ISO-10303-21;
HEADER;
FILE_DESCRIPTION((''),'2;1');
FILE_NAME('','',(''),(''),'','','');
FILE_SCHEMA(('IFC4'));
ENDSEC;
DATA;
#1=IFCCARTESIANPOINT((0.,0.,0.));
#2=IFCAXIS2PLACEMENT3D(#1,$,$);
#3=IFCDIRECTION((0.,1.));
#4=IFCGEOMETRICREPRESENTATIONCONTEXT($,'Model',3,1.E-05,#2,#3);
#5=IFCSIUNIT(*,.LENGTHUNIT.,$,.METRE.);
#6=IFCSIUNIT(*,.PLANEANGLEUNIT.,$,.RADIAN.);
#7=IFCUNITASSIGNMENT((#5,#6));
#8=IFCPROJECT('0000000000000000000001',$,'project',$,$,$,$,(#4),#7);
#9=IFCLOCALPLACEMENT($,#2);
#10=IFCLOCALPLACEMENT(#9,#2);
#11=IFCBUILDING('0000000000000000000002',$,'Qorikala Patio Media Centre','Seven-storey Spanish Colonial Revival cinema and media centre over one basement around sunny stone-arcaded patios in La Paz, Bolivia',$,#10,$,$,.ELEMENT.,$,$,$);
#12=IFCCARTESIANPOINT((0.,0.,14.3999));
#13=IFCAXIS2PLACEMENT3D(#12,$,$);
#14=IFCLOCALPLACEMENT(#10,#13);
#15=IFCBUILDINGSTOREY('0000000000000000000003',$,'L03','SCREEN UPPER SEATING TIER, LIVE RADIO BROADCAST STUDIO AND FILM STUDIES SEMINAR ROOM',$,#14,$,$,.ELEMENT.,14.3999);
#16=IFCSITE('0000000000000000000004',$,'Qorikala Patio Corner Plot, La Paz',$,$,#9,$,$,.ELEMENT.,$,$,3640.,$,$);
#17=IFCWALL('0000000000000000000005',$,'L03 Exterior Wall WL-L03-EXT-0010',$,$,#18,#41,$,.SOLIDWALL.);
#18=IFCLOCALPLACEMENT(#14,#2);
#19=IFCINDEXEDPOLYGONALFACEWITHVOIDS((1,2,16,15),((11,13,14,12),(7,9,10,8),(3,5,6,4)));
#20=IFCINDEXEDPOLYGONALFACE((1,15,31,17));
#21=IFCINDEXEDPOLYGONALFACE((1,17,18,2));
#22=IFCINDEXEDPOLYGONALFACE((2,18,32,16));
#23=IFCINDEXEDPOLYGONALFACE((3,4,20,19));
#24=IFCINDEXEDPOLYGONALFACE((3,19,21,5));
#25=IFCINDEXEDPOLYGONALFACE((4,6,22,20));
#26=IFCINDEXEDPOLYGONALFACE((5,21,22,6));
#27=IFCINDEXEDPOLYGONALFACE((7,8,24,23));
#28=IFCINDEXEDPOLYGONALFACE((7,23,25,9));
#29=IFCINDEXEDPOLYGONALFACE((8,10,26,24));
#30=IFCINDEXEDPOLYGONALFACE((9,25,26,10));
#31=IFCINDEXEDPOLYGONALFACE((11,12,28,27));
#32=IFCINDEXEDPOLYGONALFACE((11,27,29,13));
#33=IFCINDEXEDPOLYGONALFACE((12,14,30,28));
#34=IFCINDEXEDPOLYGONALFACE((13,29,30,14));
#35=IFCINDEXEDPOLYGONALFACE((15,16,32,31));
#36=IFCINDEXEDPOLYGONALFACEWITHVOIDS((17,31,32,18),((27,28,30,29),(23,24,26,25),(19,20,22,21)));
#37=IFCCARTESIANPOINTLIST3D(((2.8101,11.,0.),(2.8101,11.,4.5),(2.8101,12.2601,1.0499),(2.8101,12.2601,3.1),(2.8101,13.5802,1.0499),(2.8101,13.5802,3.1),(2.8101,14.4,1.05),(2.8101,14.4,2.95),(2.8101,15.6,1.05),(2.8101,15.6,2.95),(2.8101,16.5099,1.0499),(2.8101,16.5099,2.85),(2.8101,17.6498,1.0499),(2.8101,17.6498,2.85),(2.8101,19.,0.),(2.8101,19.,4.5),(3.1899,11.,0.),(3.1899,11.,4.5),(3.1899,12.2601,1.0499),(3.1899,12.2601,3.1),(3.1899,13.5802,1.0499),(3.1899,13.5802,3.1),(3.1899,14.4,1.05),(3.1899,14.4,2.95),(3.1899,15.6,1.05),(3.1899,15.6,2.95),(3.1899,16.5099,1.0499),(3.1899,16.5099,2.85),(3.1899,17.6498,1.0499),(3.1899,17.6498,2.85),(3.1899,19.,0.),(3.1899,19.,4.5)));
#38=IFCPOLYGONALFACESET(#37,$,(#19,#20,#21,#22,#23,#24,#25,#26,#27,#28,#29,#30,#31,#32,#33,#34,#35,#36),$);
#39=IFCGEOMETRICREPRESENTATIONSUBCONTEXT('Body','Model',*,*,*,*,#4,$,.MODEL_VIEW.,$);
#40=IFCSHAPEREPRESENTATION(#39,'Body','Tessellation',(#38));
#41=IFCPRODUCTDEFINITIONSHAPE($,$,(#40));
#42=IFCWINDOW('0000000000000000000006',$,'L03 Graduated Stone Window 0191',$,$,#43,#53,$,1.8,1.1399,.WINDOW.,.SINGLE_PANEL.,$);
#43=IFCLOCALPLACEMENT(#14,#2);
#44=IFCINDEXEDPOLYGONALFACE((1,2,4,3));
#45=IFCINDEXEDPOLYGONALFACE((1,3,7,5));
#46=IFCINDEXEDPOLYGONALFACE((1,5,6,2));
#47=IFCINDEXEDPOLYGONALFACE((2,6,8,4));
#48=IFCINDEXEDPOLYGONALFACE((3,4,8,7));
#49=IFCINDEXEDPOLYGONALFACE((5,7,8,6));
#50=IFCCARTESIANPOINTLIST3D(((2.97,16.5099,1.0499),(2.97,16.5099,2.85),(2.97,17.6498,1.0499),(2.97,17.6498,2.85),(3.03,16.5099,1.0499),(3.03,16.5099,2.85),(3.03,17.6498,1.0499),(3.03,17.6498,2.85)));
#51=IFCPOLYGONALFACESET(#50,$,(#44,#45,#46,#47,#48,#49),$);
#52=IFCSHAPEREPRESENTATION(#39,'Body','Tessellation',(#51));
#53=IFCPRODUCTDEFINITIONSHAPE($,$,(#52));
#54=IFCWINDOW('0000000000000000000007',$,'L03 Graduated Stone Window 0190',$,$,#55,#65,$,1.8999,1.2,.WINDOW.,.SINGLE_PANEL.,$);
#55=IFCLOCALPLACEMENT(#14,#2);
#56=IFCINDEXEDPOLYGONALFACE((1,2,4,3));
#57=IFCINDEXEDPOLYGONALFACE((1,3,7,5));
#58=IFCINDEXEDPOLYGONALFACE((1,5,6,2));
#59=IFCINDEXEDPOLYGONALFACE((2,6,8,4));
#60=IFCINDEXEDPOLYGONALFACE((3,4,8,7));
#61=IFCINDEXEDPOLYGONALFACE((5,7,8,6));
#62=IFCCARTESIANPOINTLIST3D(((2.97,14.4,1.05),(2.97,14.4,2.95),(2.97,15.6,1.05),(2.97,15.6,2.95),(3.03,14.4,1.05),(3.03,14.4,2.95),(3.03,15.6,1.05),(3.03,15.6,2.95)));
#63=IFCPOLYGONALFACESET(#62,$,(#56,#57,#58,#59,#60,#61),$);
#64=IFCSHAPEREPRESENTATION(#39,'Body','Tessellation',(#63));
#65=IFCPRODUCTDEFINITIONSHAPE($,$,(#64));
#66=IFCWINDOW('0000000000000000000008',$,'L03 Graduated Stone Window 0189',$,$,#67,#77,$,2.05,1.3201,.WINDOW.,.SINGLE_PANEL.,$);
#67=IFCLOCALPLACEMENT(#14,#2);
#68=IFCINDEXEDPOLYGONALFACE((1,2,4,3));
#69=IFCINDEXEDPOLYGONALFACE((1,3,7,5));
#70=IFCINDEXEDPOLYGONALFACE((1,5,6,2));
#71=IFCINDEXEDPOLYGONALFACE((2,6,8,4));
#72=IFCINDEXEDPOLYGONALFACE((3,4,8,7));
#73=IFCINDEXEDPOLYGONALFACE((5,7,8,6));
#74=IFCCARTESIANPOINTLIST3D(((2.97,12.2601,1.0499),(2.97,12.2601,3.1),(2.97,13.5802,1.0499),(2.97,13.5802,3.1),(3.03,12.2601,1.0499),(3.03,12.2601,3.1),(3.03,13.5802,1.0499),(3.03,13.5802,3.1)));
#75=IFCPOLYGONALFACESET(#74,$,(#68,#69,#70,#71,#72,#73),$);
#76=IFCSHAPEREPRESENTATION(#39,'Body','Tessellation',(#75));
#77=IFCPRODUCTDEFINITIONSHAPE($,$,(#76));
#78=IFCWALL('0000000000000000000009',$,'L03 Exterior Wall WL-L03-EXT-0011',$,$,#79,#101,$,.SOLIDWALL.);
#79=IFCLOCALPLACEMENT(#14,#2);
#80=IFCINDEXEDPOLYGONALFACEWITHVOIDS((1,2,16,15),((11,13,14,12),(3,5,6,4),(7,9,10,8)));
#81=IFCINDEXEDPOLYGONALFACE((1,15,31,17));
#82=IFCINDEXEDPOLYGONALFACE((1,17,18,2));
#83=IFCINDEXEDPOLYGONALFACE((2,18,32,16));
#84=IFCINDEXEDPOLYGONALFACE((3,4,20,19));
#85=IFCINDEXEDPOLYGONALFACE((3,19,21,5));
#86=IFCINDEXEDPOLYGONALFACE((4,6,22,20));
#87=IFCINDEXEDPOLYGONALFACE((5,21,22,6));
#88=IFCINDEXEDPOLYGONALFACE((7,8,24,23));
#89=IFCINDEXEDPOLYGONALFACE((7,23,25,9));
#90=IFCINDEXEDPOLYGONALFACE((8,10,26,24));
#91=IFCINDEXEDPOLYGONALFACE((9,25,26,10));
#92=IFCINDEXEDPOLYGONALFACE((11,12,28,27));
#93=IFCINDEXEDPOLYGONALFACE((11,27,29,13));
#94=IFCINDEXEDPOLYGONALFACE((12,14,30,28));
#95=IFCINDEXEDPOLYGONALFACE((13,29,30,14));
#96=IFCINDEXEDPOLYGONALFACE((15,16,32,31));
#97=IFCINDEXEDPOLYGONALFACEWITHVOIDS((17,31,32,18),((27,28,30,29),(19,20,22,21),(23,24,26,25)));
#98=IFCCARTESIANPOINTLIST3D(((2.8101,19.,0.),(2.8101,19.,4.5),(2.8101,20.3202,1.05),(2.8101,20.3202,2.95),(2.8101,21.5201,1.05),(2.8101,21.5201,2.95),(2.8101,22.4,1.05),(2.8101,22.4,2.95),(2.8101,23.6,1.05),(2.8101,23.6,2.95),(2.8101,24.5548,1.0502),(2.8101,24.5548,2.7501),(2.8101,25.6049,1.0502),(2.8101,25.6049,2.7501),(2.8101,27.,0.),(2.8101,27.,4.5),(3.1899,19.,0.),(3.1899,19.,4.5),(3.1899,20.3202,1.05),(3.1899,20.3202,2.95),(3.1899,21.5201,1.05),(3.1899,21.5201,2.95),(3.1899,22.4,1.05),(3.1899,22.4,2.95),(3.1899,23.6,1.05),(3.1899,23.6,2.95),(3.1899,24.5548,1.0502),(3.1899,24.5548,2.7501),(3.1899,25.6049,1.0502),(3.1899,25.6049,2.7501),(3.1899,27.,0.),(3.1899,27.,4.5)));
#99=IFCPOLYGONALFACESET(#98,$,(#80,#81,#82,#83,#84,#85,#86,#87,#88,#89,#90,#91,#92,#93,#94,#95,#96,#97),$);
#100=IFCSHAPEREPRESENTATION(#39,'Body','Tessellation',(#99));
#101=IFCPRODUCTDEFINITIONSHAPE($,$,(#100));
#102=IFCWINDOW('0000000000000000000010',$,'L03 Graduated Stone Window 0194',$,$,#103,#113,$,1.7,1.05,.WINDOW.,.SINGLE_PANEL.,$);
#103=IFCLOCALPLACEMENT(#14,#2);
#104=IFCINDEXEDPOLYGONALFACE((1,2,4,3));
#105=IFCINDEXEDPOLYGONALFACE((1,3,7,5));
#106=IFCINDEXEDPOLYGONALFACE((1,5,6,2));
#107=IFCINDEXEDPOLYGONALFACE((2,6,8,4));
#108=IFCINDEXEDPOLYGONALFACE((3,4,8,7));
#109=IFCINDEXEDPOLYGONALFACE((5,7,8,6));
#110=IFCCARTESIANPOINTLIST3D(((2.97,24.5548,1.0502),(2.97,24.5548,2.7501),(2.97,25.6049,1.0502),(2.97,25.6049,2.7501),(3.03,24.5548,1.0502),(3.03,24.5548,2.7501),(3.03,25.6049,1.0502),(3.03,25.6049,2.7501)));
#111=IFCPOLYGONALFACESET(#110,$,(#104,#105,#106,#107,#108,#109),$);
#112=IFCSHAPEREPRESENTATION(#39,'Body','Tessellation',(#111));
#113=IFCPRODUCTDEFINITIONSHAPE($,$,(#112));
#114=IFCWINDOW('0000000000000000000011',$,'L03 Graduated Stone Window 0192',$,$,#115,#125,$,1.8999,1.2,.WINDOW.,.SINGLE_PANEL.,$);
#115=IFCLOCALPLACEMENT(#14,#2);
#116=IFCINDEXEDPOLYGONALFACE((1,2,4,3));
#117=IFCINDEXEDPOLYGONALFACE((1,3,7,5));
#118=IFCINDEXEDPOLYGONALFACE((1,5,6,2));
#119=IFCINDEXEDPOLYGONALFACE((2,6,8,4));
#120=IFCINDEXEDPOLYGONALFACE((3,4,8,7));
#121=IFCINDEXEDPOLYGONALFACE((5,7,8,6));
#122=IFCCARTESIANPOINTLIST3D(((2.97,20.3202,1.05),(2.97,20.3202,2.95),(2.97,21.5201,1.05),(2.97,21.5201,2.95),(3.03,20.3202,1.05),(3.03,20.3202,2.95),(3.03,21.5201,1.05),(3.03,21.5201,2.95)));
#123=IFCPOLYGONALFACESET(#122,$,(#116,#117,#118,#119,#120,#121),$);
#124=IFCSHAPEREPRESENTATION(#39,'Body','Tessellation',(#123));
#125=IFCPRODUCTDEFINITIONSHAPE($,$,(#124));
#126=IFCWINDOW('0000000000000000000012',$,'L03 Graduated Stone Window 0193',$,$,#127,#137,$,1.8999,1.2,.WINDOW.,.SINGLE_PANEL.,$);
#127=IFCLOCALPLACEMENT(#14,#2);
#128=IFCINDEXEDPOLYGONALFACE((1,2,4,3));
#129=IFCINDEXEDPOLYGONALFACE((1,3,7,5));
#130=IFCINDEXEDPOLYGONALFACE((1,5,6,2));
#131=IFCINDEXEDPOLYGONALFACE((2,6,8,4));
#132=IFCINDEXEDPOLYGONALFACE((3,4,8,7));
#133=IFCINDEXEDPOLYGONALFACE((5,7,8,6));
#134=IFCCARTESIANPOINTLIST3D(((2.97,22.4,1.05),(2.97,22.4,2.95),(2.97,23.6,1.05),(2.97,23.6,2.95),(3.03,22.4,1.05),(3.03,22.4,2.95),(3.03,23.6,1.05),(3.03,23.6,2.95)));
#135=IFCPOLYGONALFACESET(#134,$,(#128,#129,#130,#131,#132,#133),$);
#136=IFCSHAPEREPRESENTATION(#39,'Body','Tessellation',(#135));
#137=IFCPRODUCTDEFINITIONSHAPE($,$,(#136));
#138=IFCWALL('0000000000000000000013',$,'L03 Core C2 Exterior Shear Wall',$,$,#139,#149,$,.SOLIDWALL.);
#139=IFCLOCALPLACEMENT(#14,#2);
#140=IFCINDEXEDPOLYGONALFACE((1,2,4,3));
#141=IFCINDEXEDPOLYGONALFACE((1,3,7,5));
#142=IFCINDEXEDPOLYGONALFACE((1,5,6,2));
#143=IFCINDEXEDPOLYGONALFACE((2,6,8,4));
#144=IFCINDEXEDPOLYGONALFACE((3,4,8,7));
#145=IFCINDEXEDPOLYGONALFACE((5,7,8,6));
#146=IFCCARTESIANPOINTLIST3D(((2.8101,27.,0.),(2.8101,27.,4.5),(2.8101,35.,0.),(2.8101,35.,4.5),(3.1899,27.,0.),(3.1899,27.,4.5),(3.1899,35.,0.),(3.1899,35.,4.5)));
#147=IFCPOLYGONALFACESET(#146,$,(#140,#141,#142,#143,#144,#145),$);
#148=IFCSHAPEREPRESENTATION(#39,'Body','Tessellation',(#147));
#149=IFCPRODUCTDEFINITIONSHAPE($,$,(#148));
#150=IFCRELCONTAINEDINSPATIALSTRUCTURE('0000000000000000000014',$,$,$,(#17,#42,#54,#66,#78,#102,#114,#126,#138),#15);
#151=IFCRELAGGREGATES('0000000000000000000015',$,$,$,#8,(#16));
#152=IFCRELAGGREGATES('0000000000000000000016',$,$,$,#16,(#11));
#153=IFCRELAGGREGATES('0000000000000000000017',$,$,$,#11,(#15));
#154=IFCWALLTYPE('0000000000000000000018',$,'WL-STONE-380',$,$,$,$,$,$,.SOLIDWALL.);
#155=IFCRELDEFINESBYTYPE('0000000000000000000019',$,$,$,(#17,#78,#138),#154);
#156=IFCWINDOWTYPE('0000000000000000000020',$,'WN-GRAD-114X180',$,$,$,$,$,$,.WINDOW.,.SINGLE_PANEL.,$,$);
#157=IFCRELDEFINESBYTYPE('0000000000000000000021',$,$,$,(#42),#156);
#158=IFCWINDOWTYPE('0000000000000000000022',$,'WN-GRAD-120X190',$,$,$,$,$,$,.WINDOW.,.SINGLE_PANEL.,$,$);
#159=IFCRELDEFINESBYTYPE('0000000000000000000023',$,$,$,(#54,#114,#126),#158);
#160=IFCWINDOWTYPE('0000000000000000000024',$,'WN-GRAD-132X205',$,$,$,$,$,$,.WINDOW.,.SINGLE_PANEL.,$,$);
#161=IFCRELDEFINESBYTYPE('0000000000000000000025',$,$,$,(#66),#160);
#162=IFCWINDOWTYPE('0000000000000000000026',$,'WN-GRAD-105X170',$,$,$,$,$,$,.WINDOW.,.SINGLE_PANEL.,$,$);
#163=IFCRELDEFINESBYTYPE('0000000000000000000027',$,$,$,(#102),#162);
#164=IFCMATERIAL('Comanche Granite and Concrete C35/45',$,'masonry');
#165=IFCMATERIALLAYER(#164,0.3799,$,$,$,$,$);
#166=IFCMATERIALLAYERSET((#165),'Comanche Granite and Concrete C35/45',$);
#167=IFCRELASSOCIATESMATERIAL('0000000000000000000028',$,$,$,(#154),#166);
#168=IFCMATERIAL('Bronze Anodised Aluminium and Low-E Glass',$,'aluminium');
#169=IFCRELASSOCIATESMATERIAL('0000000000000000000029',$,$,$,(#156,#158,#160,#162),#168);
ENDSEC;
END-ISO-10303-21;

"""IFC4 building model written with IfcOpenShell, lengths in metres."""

from ifc_helpers import new_model, si_unit, direction, frame, frame_2d, origin, place, context, subcontext, project, spatial, rectangle, extrude, material, layer, layer_set, type_object, element, fill, save


model = new_model("IFC4")

# Units and contexts
model_context = context("Model", 3, precision=1e-05, world=origin(), true_north=direction((0.0, 1.0)))
body_context = subcontext(model_context, "Body", "Model", "MODEL_VIEW")
ifc_project = project(units=[si_unit("LENGTHUNIT", "METRE"), si_unit("PLANEANGLEUNIT", "RADIAN")], contexts=[model_context])

# Site, building, storey
site_placement = place(None, origin())
site = spatial("IfcSite", under=ifc_project, at=site_placement, Name="Qorikala Patio Corner Plot, La Paz", CompositionType="ELEMENT", RefElevation=3640.0)
building_placement = place(site_placement, origin())
building = spatial("IfcBuilding", under=site, at=building_placement, Name="Qorikala Patio Media Centre", Description="Seven-storey Spanish Colonial Revival cinema and media centre over one basement around sunny stone-arcaded patios in La Paz, Bolivia", CompositionType="ELEMENT")
storey_placement = place(building_placement, frame((0.0, 0.0, 14.3999)))
storey = spatial("IfcBuildingStorey", under=building, at=storey_placement, Name="L03", Description="SCREEN UPPER SEATING TIER, LIVE RADIO BROADCAST STUDIO AND FILM STUDIES SEMINAR ROOM", CompositionType="ELEMENT", Elevation=14.3999)

# Walls, openings, windows
ifc_material_1 = material(Name="Comanche Granite and Concrete C35/45", Category="masonry")
ifc_layer_1 = layer(ifc_material_1, 0.3799)
ifc_layer_set_1 = layer_set([ifc_layer_1], Name="Comanche Granite and Concrete C35/45")
wall_type_1 = type_object("IfcWallType", Name="WL-STONE-380", PredefinedType="SOLIDWALL", material=ifc_layer_set_1)
wall_1_placement = place(storey_placement, frame((3.0, 11.0, 0.0), z_axis=(0.0, 0.0, 1.0), x_axis=(0.0, 1.0, 0.0)))
wall_1 = element("IfcWall", 1, at=wall_1_placement, inside=storey, type_object=wall_type_1, Name="L03 Exterior Wall WL-L03-EXT-0010", PredefinedType="SOLIDWALL", context=body_context, shape_type="SweptSolid", body=[
    extrude(rectangle(XDim=8.0, YDim=0.3799, at=frame_2d((4.0, 0.0))), origin(), (0.0, 0.0, 1.0), 4.5),
])
opening_1_placement = place(wall_1_placement, frame((1.26, 0.0, 1.05)))
opening_1 = element("IfcOpeningElement", 2, at=opening_1_placement, cuts=wall_1, PredefinedType="OPENING", context=body_context, shape_type="SweptSolid", body=[
    extrude(rectangle(XDim=1.3201, YDim=2.05, at=frame_2d((0.6602, 1.0249))), frame((0.0, 0.2, 0.0), z_axis=(0.0, -1.0, 0.0), x_axis=(1.0, 0.0, 0.0)), (0.0, 0.0, 1.0), 0.3999),
])
opening_2_placement = place(wall_1_placement, frame((3.3999, 0.0, 1.05)))
opening_2 = element("IfcOpeningElement", 3, at=opening_2_placement, cuts=wall_1, PredefinedType="OPENING", context=body_context, shape_type="SweptSolid", body=[
    extrude(rectangle(XDim=1.2, YDim=1.8999, at=frame_2d((0.6001, 0.95))), frame((0.0, 0.2, 0.0), z_axis=(0.0, -1.0, 0.0), x_axis=(1.0, 0.0, 0.0)), (0.0, 0.0, 1.0), 0.3999),
])
opening_3_placement = place(wall_1_placement, frame((5.51, 0.0, 1.05)))
opening_3 = element("IfcOpeningElement", 4, at=opening_3_placement, cuts=wall_1, PredefinedType="OPENING", context=body_context, shape_type="SweptSolid", body=[
    extrude(rectangle(XDim=1.1399, YDim=1.8, at=frame_2d((0.5698, 0.8999))), frame((0.0, 0.2, 0.0), z_axis=(0.0, -1.0, 0.0), x_axis=(1.0, 0.0, 0.0)), (0.0, 0.0, 1.0), 0.3999),
])
ifc_material_2 = material(Name="Bronze Anodised Aluminium and Low-E Glass", Category="aluminium")
window_type_1 = type_object("IfcWindowType", Name="WN-GRAD-114X180", PartitioningType="SINGLE_PANEL", PredefinedType="WINDOW", material=ifc_material_2)
window_1_placement = place(opening_3_placement, origin())
window_1 = element("IfcWindow", 5, at=window_1_placement, inside=storey, type_object=window_type_1, Name="L03 Graduated Stone Window 0191", OverallHeight=1.8, OverallWidth=1.1399, PartitioningType="SINGLE_PANEL", PredefinedType="WINDOW", context=body_context, shape_type="SweptSolid", body=[
    extrude(rectangle(XDim=1.1399, YDim=1.8, at=frame_2d((0.5698, 0.8999))), frame((0.0, 0.03, 0.0), z_axis=(0.0, -1.0, 0.0), x_axis=(1.0, 0.0, 0.0)), (0.0, 0.0, 1.0), 0.0601),
])
fill(opening_3, window_1)
window_type_2 = type_object("IfcWindowType", Name="WN-GRAD-120X190", PartitioningType="SINGLE_PANEL", PredefinedType="WINDOW", material=ifc_material_2)
window_2_placement = place(opening_2_placement, origin())
window_2 = element("IfcWindow", 6, at=window_2_placement, inside=storey, type_object=window_type_2, Name="L03 Graduated Stone Window 0190", OverallHeight=1.8999, OverallWidth=1.2, PartitioningType="SINGLE_PANEL", PredefinedType="WINDOW", context=body_context, shape_type="SweptSolid", body=[
    extrude(rectangle(XDim=1.2, YDim=1.8999, at=frame_2d((0.6001, 0.95))), frame((0.0, 0.03, 0.0), z_axis=(0.0, -1.0, 0.0), x_axis=(1.0, 0.0, 0.0)), (0.0, 0.0, 1.0), 0.0601),
])
fill(opening_2, window_2)
window_type_3 = type_object("IfcWindowType", Name="WN-GRAD-132X205", PartitioningType="SINGLE_PANEL", PredefinedType="WINDOW", material=ifc_material_2)
window_3_placement = place(opening_1_placement, origin())
window_3 = element("IfcWindow", 7, at=window_3_placement, inside=storey, type_object=window_type_3, Name="L03 Graduated Stone Window 0189", OverallHeight=2.05, OverallWidth=1.3201, PartitioningType="SINGLE_PANEL", PredefinedType="WINDOW", context=body_context, shape_type="SweptSolid", body=[
    extrude(rectangle(XDim=1.3201, YDim=2.05, at=frame_2d((0.6602, 1.0249))), frame((0.0, 0.03, 0.0), z_axis=(0.0, -1.0, 0.0), x_axis=(1.0, 0.0, 0.0)), (0.0, 0.0, 1.0), 0.0601),
])
fill(opening_1, window_3)
wall_2_placement = place(storey_placement, frame((3.0, 19.0, 0.0), z_axis=(0.0, 0.0, 1.0), x_axis=(0.0, 1.0, 0.0)))
wall_2 = element("IfcWall", 8, at=wall_2_placement, inside=storey, type_object=wall_type_1, Name="L03 Exterior Wall WL-L03-EXT-0011", PredefinedType="SOLIDWALL", context=body_context, shape_type="SweptSolid", body=[
    extrude(rectangle(XDim=8.0, YDim=0.3799, at=frame_2d((4.0, 0.0))), origin(), (0.0, 0.0, 1.0), 4.5),
])
opening_4_placement = place(wall_2_placement, frame((1.3201, 0.0, 1.05)))
opening_4 = element("IfcOpeningElement", 9, at=opening_4_placement, cuts=wall_2, PredefinedType="OPENING", context=body_context, shape_type="SweptSolid", body=[
    extrude(rectangle(XDim=1.2, YDim=1.8999, at=frame_2d((0.6001, 0.95))), frame((0.0, 0.2, 0.0), z_axis=(0.0, -1.0, 0.0), x_axis=(1.0, 0.0, 0.0)), (0.0, 0.0, 1.0), 0.3999),
])
opening_5_placement = place(wall_2_placement, frame((3.3999, 0.0, 1.05)))
opening_5 = element("IfcOpeningElement", 10, at=opening_5_placement, cuts=wall_2, PredefinedType="OPENING", context=body_context, shape_type="SweptSolid", body=[
    extrude(rectangle(XDim=1.2, YDim=1.8999, at=frame_2d((0.6001, 0.95))), frame((0.0, 0.2, 0.0), z_axis=(0.0, -1.0, 0.0), x_axis=(1.0, 0.0, 0.0)), (0.0, 0.0, 1.0), 0.3999),
])
opening_6_placement = place(wall_2_placement, frame((5.5549, 0.0, 1.05)))
opening_6 = element("IfcOpeningElement", 11, at=opening_6_placement, cuts=wall_2, PredefinedType="OPENING", context=body_context, shape_type="SweptSolid", body=[
    extrude(rectangle(XDim=1.05, YDim=1.7, at=frame_2d((0.5249, 0.8501))), frame((0.0, 0.2, 0.0), z_axis=(0.0, -1.0, 0.0), x_axis=(1.0, 0.0, 0.0)), (0.0, 0.0, 1.0), 0.3999),
])
window_type_4 = type_object("IfcWindowType", Name="WN-GRAD-105X170", PartitioningType="SINGLE_PANEL", PredefinedType="WINDOW", material=ifc_material_2)
window_4_placement = place(opening_6_placement, origin())
window_4 = element("IfcWindow", 12, at=window_4_placement, inside=storey, type_object=window_type_4, Name="L03 Graduated Stone Window 0194", OverallHeight=1.7, OverallWidth=1.05, PartitioningType="SINGLE_PANEL", PredefinedType="WINDOW", context=body_context, shape_type="SweptSolid", body=[
    extrude(rectangle(XDim=1.05, YDim=1.7, at=frame_2d((0.5249, 0.8501))), frame((0.0, 0.03, 0.0), z_axis=(0.0, -1.0, 0.0), x_axis=(1.0, 0.0, 0.0)), (0.0, 0.0, 1.0), 0.0601),
])
fill(opening_6, window_4)
window_5_placement = place(opening_4_placement, origin())
window_5 = element("IfcWindow", 13, at=window_5_placement, inside=storey, type_object=window_type_2, Name="L03 Graduated Stone Window 0192", OverallHeight=1.8999, OverallWidth=1.2, PartitioningType="SINGLE_PANEL", PredefinedType="WINDOW", context=body_context, shape_type="SweptSolid", body=[
    extrude(rectangle(XDim=1.2, YDim=1.8999, at=frame_2d((0.6001, 0.95))), frame((0.0, 0.03, 0.0), z_axis=(0.0, -1.0, 0.0), x_axis=(1.0, 0.0, 0.0)), (0.0, 0.0, 1.0), 0.0601),
])
fill(opening_4, window_5)
window_6_placement = place(opening_5_placement, origin())
window_6 = element("IfcWindow", 14, at=window_6_placement, inside=storey, type_object=window_type_2, Name="L03 Graduated Stone Window 0193", OverallHeight=1.8999, OverallWidth=1.2, PartitioningType="SINGLE_PANEL", PredefinedType="WINDOW", context=body_context, shape_type="SweptSolid", body=[
    extrude(rectangle(XDim=1.2, YDim=1.8999, at=frame_2d((0.6001, 0.95))), frame((0.0, 0.03, 0.0), z_axis=(0.0, -1.0, 0.0), x_axis=(1.0, 0.0, 0.0)), (0.0, 0.0, 1.0), 0.0601),
])
fill(opening_5, window_6)

# Wall
wall_3_placement = place(storey_placement, frame((3.0, 27.0, 0.0), z_axis=(0.0, 0.0, 1.0), x_axis=(0.0, 1.0, 0.0)))
element("IfcWall", 15, at=wall_3_placement, inside=storey, type_object=wall_type_1, Name="L03 Core C2 Exterior Shear Wall", PredefinedType="SOLIDWALL", context=body_context, shape_type="SweptSolid", body=[
    extrude(rectangle(XDim=8.0, YDim=0.3799, at=frame_2d((4.0, 0.0))), origin(), (0.0, 0.0, 1.0), 4.5),
])

save(model, "model.ifc")
